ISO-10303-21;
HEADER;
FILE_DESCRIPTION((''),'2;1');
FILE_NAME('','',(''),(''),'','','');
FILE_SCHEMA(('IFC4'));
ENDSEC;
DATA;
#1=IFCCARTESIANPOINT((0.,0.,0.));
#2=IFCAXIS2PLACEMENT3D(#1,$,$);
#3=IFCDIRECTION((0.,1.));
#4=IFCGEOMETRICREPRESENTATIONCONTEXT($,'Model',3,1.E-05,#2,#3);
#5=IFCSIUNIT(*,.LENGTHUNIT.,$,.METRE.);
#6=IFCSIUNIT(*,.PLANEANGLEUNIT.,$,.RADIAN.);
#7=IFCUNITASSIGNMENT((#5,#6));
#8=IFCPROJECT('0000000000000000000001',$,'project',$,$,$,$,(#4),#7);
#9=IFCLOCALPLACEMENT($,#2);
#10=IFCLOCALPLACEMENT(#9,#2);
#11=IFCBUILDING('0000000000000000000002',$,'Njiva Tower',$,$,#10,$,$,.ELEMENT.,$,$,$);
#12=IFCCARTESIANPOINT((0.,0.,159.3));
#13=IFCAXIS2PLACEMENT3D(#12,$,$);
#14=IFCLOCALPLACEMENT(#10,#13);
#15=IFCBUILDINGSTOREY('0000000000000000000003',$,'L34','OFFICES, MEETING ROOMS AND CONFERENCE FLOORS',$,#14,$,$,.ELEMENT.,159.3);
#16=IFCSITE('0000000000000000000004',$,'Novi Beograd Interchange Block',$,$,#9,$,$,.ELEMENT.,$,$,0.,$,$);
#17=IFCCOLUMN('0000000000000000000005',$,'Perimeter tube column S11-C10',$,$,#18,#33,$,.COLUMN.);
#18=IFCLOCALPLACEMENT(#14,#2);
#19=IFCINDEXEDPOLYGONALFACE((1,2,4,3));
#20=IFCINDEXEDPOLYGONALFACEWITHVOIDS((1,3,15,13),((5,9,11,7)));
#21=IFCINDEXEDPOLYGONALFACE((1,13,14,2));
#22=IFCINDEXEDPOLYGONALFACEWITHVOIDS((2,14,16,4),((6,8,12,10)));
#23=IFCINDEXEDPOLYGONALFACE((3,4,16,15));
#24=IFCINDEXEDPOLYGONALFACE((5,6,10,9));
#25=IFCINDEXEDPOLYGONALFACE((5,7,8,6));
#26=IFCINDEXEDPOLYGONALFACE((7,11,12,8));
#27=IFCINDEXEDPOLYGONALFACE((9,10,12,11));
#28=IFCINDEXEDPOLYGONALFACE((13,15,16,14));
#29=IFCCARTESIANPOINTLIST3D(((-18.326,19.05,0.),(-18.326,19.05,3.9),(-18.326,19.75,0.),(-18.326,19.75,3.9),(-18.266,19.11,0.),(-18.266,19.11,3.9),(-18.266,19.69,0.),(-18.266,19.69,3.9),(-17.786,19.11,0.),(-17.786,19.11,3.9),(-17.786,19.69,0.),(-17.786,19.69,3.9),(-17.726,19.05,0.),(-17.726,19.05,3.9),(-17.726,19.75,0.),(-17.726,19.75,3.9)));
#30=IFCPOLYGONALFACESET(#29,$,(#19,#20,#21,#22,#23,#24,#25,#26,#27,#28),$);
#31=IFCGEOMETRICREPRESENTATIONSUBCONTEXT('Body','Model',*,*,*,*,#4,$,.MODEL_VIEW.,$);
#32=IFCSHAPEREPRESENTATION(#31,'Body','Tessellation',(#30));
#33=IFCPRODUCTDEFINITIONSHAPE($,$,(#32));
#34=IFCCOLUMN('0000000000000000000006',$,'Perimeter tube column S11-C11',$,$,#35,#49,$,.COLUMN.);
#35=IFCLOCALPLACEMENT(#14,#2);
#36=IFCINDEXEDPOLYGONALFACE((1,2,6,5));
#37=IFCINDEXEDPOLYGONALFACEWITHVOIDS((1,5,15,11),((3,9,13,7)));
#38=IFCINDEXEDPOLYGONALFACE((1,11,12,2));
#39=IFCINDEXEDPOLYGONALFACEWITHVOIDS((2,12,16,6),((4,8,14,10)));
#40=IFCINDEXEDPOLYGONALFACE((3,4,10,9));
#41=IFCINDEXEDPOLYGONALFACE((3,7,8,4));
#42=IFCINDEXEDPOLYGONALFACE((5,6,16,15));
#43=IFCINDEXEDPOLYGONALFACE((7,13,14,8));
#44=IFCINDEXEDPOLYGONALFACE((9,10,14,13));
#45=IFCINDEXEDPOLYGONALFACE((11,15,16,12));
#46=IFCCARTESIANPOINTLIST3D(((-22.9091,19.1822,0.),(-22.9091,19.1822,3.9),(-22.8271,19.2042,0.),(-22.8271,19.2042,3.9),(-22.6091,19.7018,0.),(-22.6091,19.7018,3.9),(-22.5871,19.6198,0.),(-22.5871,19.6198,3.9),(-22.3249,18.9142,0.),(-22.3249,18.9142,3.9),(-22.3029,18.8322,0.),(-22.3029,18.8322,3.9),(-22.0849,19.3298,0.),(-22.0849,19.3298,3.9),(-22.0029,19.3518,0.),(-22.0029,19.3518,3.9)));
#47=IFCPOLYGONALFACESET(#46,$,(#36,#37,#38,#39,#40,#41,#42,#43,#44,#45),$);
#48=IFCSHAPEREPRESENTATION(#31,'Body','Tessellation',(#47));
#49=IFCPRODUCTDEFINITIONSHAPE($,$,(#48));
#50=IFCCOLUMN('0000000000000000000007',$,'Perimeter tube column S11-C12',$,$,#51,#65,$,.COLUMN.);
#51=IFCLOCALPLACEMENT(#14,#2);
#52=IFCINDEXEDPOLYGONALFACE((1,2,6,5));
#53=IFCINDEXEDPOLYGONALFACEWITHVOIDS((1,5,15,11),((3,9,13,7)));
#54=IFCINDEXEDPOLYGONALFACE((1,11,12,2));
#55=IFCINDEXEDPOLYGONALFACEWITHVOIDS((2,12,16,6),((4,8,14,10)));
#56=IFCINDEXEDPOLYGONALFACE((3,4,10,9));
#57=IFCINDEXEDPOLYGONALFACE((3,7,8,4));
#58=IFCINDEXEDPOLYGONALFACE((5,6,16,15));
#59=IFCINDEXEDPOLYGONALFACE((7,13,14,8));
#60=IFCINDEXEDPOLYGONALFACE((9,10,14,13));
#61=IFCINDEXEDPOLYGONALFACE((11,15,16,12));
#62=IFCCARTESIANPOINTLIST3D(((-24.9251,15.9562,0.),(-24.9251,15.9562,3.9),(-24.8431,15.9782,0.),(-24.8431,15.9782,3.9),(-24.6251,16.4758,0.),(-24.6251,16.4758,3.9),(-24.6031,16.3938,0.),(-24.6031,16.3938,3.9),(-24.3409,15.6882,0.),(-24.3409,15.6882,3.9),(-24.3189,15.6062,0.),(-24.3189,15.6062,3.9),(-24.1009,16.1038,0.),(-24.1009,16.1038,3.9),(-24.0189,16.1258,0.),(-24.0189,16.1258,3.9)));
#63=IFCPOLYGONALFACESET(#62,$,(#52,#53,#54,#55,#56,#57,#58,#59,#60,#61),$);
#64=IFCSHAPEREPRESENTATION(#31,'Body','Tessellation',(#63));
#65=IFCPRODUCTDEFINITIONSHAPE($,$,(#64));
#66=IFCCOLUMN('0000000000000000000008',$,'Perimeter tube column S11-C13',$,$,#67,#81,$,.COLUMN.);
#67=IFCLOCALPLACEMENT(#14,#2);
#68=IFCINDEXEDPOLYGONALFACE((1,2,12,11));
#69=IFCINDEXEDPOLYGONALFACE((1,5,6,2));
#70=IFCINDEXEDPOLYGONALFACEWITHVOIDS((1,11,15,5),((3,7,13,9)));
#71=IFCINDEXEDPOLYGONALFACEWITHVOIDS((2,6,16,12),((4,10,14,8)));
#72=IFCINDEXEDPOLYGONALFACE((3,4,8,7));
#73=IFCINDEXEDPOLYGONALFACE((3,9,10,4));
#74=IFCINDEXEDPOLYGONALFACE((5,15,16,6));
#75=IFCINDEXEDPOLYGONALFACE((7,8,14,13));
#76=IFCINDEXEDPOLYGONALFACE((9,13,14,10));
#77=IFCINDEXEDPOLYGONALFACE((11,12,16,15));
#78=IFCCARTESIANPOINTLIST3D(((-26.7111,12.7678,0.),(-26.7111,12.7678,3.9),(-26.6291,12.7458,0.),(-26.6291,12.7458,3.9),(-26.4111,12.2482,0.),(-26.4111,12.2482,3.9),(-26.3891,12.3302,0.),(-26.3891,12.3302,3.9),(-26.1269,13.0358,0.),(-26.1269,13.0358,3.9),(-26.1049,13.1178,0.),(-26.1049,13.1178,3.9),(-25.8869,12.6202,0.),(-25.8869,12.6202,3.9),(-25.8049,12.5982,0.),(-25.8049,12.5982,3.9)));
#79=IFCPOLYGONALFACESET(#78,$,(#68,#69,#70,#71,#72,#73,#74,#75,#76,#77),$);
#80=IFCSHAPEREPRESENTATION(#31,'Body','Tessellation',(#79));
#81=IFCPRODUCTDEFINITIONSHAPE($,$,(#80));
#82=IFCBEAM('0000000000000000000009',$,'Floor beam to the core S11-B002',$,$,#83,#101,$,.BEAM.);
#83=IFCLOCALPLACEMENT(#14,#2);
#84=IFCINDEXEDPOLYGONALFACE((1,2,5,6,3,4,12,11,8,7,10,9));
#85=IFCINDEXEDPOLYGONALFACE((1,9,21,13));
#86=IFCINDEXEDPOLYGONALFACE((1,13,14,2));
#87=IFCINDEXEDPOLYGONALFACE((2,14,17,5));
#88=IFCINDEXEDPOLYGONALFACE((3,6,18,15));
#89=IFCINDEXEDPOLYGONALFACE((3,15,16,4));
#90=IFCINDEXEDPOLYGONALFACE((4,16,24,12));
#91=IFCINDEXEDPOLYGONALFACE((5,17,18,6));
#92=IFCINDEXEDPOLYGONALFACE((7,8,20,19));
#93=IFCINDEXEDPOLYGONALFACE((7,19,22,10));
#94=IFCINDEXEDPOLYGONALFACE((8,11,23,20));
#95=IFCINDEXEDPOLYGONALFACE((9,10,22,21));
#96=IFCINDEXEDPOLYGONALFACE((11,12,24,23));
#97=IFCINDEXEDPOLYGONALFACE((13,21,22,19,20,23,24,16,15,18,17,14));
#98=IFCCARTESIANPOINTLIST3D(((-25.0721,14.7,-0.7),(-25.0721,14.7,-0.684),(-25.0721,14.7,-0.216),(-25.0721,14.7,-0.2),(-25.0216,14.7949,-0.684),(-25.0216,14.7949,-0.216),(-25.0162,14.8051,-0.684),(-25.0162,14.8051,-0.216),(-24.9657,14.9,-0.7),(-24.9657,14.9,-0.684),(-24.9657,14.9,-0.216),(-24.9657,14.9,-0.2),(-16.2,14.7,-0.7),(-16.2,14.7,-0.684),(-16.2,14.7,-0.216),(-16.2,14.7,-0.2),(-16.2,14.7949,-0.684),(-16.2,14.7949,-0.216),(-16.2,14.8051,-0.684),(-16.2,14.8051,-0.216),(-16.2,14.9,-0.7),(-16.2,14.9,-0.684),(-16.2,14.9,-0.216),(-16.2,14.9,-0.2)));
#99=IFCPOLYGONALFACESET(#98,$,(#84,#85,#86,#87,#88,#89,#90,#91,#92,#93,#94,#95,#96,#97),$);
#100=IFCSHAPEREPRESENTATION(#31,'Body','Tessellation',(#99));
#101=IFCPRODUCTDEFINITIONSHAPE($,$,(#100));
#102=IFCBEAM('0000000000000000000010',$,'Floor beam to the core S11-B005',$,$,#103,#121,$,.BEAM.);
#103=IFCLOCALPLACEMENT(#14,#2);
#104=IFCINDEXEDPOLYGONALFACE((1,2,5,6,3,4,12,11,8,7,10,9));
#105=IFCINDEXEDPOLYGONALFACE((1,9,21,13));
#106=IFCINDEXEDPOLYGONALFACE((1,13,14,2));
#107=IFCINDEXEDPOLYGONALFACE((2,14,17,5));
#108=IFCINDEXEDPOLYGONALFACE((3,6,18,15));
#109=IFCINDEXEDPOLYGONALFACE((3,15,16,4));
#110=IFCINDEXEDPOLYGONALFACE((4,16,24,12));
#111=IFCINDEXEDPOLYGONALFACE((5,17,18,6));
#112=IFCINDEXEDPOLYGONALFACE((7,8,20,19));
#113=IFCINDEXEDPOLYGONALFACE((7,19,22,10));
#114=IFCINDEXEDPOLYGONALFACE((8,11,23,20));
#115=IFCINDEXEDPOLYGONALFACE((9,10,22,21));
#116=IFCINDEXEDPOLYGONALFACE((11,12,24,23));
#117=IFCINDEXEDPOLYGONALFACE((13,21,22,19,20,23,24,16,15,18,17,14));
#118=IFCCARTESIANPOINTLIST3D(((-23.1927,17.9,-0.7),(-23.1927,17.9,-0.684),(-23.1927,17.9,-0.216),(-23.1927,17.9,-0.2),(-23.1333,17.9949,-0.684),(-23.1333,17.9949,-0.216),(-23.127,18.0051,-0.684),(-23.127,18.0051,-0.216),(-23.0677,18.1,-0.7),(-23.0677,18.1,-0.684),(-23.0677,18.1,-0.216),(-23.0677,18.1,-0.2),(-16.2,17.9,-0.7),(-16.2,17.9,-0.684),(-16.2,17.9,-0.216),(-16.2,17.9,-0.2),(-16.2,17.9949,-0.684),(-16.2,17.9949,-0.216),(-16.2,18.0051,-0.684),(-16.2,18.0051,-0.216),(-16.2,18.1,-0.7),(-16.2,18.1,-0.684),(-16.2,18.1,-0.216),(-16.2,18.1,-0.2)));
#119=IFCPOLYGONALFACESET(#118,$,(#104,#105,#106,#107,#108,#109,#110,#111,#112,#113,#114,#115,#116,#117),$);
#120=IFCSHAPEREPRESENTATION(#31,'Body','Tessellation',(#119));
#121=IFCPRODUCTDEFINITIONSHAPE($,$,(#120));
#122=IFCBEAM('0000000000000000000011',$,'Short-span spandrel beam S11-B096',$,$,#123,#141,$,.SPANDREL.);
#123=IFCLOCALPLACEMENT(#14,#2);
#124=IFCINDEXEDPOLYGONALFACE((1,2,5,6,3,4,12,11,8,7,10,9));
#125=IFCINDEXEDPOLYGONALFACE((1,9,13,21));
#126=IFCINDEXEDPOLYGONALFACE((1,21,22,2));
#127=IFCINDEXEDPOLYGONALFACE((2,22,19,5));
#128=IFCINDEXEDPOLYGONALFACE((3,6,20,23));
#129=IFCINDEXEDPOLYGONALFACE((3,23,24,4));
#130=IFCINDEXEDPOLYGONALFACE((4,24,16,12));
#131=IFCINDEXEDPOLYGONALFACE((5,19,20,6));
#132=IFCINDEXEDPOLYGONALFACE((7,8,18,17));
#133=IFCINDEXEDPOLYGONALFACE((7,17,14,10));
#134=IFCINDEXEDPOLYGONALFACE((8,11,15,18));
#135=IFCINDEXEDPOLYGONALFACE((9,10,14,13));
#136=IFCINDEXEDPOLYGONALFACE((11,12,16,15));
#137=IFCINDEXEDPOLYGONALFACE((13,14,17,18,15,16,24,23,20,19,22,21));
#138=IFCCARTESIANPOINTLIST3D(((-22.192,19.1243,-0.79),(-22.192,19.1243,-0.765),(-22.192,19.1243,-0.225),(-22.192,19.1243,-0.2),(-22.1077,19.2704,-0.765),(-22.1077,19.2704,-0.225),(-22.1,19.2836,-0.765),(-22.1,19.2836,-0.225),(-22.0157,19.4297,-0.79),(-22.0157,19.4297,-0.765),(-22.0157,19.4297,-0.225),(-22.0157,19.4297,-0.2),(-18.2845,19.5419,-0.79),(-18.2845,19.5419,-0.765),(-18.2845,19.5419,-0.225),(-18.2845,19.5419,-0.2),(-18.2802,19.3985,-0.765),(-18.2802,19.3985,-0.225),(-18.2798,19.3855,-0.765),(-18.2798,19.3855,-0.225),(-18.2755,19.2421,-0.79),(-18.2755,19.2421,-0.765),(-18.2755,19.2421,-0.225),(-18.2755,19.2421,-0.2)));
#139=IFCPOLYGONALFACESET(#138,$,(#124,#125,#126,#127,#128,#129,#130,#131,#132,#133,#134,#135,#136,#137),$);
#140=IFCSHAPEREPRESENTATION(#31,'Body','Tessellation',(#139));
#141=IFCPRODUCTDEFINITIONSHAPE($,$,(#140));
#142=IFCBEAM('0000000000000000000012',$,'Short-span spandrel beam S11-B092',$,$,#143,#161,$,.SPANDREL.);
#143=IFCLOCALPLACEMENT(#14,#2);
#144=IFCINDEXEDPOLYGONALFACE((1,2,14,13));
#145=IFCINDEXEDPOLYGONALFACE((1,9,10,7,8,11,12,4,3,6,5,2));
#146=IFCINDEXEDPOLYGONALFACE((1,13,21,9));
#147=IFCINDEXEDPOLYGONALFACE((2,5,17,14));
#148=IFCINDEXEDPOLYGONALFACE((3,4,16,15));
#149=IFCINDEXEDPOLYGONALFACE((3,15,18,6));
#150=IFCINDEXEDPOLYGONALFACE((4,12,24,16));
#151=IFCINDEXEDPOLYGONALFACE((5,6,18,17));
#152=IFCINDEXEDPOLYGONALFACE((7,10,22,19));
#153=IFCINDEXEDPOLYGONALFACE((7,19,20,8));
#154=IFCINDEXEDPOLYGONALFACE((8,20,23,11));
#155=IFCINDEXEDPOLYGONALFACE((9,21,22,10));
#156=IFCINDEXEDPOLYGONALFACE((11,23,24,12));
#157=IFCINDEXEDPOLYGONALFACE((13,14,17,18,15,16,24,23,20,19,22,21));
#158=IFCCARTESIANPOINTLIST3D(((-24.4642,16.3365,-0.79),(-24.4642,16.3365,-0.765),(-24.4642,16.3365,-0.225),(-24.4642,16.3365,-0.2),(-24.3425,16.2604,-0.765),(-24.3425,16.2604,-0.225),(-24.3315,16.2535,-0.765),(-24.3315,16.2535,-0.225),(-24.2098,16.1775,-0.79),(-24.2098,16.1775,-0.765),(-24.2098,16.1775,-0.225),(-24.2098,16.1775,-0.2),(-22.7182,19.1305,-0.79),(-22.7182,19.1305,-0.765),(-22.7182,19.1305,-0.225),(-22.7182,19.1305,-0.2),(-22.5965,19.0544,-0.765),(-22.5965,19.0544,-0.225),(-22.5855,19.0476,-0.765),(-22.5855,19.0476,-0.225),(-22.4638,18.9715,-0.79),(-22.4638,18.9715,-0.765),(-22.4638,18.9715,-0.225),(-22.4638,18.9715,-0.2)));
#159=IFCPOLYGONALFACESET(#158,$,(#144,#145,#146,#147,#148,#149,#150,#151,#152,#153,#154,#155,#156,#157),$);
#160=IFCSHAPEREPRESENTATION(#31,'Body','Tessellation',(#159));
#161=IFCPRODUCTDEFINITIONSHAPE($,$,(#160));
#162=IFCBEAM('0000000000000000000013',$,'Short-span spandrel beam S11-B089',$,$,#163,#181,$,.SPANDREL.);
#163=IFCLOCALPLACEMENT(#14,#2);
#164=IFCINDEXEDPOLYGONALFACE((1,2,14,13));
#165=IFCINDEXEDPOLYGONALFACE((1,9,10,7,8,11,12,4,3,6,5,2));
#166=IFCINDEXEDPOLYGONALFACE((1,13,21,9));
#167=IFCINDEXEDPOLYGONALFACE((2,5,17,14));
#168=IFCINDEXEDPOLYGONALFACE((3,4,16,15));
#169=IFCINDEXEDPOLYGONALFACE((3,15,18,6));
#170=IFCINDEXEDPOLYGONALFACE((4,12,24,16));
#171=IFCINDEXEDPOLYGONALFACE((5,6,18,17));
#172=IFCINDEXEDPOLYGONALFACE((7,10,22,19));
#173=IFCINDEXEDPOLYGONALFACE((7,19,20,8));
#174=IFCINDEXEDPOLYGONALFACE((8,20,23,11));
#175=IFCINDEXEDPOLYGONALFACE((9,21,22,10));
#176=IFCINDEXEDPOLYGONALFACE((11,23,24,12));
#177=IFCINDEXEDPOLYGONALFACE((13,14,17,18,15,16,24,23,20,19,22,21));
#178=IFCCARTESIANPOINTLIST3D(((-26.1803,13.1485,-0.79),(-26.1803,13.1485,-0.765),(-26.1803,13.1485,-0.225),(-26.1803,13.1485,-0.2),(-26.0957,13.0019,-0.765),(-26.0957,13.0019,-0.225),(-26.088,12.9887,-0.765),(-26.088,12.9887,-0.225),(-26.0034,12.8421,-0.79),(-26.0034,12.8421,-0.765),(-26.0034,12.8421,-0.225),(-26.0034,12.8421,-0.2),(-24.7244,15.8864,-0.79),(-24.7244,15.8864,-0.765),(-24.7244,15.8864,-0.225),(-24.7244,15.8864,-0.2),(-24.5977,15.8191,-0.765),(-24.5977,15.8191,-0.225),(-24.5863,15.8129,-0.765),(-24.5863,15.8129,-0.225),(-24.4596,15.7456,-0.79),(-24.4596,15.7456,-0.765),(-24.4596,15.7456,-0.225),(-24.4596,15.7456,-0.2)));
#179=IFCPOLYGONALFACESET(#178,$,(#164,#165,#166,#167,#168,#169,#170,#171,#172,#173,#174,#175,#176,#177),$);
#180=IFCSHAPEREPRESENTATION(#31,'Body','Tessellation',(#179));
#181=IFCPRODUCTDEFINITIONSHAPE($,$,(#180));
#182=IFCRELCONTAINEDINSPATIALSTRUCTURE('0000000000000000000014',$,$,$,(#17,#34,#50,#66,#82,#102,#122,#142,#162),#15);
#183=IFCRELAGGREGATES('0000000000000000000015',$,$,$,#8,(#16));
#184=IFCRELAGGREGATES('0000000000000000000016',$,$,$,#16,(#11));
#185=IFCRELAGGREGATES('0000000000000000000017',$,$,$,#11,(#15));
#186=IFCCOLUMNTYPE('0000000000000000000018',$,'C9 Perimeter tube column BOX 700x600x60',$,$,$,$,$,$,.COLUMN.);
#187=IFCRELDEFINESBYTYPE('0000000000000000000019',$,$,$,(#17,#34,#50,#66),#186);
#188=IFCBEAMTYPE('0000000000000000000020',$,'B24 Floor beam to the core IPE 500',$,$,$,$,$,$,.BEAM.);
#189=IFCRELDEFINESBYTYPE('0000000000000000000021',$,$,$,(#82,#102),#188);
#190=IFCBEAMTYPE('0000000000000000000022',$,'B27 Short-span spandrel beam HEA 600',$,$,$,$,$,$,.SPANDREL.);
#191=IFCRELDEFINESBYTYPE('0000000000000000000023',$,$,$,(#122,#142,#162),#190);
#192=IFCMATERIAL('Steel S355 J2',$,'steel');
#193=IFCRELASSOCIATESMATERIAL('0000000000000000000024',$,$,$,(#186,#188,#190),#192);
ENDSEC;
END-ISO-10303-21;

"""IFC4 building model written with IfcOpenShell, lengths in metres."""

from ifc_helpers import new_model, si_unit, direction, frame, origin, origin_2d, place, context, subcontext, project, spatial, hollow_rectangle, i_section, extrude, clip, halfspace, material, material_profile, profile_set, type_object, element, save


model = new_model("IFC4")

# Units and contexts
model_context = context("Model", 3, precision=1e-05, world=origin(), true_north=direction((0.0, 1.0)))
body_context = subcontext(model_context, "Body", "Model", "MODEL_VIEW")
ifc_project = project(units=[si_unit("LENGTHUNIT", "METRE"), si_unit("PLANEANGLEUNIT", "RADIAN")], contexts=[model_context])

# Site, building, storey
site_placement = place(None, origin())
site = spatial("IfcSite", under=ifc_project, at=site_placement, Name="Novi Beograd Interchange Block", CompositionType="ELEMENT", RefElevation=0.0)
building_placement = place(site_placement, origin())
building = spatial("IfcBuilding", under=site, at=building_placement, Name="Njiva Tower", CompositionType="ELEMENT")
storey_placement = place(building_placement, frame((0.0, 0.0, 159.3)))
storey = spatial("IfcBuildingStorey", under=building, at=storey_placement, Name="L34", Description="OFFICES, MEETING ROOMS AND CONFERENCE FLOORS", CompositionType="ELEMENT", Elevation=159.3)

# Columns
ifc_material_1 = material(Name="Steel S355 J2", Category="steel")
ifc_material_profile_1 = material_profile(ifc_material_1, hollow_rectangle(XDim=0.6, YDim=0.7, WallThickness=0.06, at=origin_2d()), Name="BOX 700x600x60")
ifc_profile_set_1 = profile_set([ifc_material_profile_1], Name="Steel S355 J2")
column_type = type_object("IfcColumnType", Name="C9 Perimeter tube column BOX 700x600x60", PredefinedType="COLUMN", material=ifc_profile_set_1)
for number, where, z_axis, x_axis, name in (
    (1, (-18.026, 19.4, 0.0), (0.0, 0.0, 1.0), (-1.0, 0.0, 0.0), "Perimeter tube column S11-C10"),
    (2, (-22.456, 19.267, 0.0), (0.0, 0.0, 1.0), (-0.5, -0.866025, 0.0), "Perimeter tube column S11-C11"),
    (3, (-24.472, 16.041, 0.0), (0.0, 0.0, 1.0), (-0.5, -0.866025, 0.0), "Perimeter tube column S11-C12"),
    (4, (-26.258, 12.683, 0.0), (0.0, 0.0, 1.0), (0.5, -0.866025, 0.0), "Perimeter tube column S11-C13"),
):
    element("IfcColumn", number, at=place(storey_placement, frame(where, z_axis=z_axis, x_axis=x_axis)), inside=storey, type_object=column_type, Name=name, PredefinedType="COLUMN", context=body_context, shape_type="SweptSolid", body=[
        extrude(hollow_rectangle(XDim=0.6, YDim=0.7, WallThickness=0.06, at=origin_2d()), origin(), (0.0, 0.0, 1.0), 3.9),
    ])

# Beams
ifc_material_profile_2 = material_profile(ifc_material_1, i_section(OverallWidth=0.2, OverallDepth=0.5, WebThickness=0.0102, FlangeThickness=0.016, at=origin_2d()), Name="IPE 500")
ifc_profile_set_2 = profile_set([ifc_material_profile_2], Name="Steel S355 J2")
beam_type_1 = type_object("IfcBeamType", Name="B24 Floor beam to the core IPE 500", PredefinedType="BEAM", material=ifc_profile_set_2)
beam_1_placement = place(storey_placement, frame((-25.092, 14.8, -0.45), z_axis=(1.0, 0.0, 0.0), x_axis=(0.0, 1.0, 0.0)))
element("IfcBeam", 5, at=beam_1_placement, inside=storey, type_object=beam_type_1, Name="Floor beam to the core S11-B002", PredefinedType="BEAM", context=body_context, shape_type="Clipping", body=[
    clip(extrude(i_section(OverallWidth=0.2, OverallDepth=0.5, WebThickness=0.0102, FlangeThickness=0.016, at=origin_2d()), origin(), (0.0, 0.0, 1.0), 8.892), halfspace(frame((0.0235, 0.0, 0.0856), z_axis=(0.46939, 0.0, -0.882991), x_axis=(0.0, -1.0, 0.0)), False)),
])
beam_2_placement = place(storey_placement, frame((-23.213, 18.0, -0.45), z_axis=(1.0, 0.0, 0.0), x_axis=(0.0, 1.0, 0.0)))
element("IfcBeam", 6, at=beam_2_placement, inside=storey, type_object=beam_type_1, Name="Floor beam to the core S11-B005", PredefinedType="BEAM", context=body_context, shape_type="Clipping", body=[
    clip(extrude(i_section(OverallWidth=0.2, OverallDepth=0.5, WebThickness=0.0102, FlangeThickness=0.016, at=origin_2d()), origin(), (0.0, 0.0, 1.0), 7.013), halfspace(frame((0.0265, 0.0, 0.0994), z_axis=(0.529999, 0.0, -0.847998), x_axis=(0.0, -1.0, 0.0)), False)),
])
ifc_material_profile_3 = material_profile(ifc_material_1, i_section(OverallWidth=0.3, OverallDepth=0.59, WebThickness=0.013, FlangeThickness=0.025, at=origin_2d()), Name="HEA 600")
ifc_profile_set_3 = profile_set([ifc_material_profile_3], Name="Steel S355 J2")
beam_type_2 = type_object("IfcBeamType", Name="B27 Short-span spandrel beam HEA 600", PredefinedType="SPANDREL", material=ifc_profile_set_3)
beam_3_placement = place(storey_placement, frame((-18.28, 19.392, -0.495), z_axis=(-0.999548, -0.03006, 0.0), x_axis=(0.03006, -0.999548, 0.0)))
element("IfcBeam", 7, at=beam_3_placement, inside=storey, type_object=beam_type_2, Name="Short-span spandrel beam S11-B096", PredefinedType="SPANDREL", context=body_context, shape_type="Clipping", body=[
    clip(extrude(i_section(OverallWidth=0.3, OverallDepth=0.59, WebThickness=0.013, FlangeThickness=0.025, at=origin_2d()), origin(), (0.0, 0.0, 1.0), 3.9387), halfspace(frame((-0.0268, 0.0, 3.809), z_axis=(-0.525805, 0.0, 0.850605), x_axis=(0.0, 1.0, 0.0)), False)),
])
beam_4_placement = place(storey_placement, frame((-22.591, 19.051, -0.495), z_axis=(-0.529944, -0.848032, 0.0), x_axis=(0.848032, -0.529944, 0.0)))
element("IfcBeam", 8, at=beam_4_placement, inside=storey, type_object=beam_type_2, Name="Short-span spandrel beam S11-B092", PredefinedType="SPANDREL", context=body_context, shape_type="SweptSolid", body=[
    extrude(i_section(OverallWidth=0.3, OverallDepth=0.59, WebThickness=0.013, FlangeThickness=0.025, at=origin_2d()), origin(), (0.0, 0.0, 1.0), 3.2947),
])
beam_5_placement = place(storey_placement, frame((-24.592, 15.816, -0.495), z_axis=(-0.469483, -0.882941, 0.0), x_axis=(0.882941, -0.469483, 0.0)))
element("IfcBeam", 9, at=beam_5_placement, inside=storey, type_object=beam_type_2, Name="Short-span spandrel beam S11-B089", PredefinedType="SPANDREL", context=body_context, shape_type="Clipping", body=[
    clip(extrude(i_section(OverallWidth=0.3, OverallDepth=0.59, WebThickness=0.013, FlangeThickness=0.025, at=origin_2d()), origin(), (0.0, 0.0, 1.0), 3.309), halfspace(frame((-0.0262, 0.0, 3.1783), z_axis=(-0.52991, 0.0, 0.848054), x_axis=(0.0, 1.0, 0.0)), False)),
])

save(model, "model.ifc")
